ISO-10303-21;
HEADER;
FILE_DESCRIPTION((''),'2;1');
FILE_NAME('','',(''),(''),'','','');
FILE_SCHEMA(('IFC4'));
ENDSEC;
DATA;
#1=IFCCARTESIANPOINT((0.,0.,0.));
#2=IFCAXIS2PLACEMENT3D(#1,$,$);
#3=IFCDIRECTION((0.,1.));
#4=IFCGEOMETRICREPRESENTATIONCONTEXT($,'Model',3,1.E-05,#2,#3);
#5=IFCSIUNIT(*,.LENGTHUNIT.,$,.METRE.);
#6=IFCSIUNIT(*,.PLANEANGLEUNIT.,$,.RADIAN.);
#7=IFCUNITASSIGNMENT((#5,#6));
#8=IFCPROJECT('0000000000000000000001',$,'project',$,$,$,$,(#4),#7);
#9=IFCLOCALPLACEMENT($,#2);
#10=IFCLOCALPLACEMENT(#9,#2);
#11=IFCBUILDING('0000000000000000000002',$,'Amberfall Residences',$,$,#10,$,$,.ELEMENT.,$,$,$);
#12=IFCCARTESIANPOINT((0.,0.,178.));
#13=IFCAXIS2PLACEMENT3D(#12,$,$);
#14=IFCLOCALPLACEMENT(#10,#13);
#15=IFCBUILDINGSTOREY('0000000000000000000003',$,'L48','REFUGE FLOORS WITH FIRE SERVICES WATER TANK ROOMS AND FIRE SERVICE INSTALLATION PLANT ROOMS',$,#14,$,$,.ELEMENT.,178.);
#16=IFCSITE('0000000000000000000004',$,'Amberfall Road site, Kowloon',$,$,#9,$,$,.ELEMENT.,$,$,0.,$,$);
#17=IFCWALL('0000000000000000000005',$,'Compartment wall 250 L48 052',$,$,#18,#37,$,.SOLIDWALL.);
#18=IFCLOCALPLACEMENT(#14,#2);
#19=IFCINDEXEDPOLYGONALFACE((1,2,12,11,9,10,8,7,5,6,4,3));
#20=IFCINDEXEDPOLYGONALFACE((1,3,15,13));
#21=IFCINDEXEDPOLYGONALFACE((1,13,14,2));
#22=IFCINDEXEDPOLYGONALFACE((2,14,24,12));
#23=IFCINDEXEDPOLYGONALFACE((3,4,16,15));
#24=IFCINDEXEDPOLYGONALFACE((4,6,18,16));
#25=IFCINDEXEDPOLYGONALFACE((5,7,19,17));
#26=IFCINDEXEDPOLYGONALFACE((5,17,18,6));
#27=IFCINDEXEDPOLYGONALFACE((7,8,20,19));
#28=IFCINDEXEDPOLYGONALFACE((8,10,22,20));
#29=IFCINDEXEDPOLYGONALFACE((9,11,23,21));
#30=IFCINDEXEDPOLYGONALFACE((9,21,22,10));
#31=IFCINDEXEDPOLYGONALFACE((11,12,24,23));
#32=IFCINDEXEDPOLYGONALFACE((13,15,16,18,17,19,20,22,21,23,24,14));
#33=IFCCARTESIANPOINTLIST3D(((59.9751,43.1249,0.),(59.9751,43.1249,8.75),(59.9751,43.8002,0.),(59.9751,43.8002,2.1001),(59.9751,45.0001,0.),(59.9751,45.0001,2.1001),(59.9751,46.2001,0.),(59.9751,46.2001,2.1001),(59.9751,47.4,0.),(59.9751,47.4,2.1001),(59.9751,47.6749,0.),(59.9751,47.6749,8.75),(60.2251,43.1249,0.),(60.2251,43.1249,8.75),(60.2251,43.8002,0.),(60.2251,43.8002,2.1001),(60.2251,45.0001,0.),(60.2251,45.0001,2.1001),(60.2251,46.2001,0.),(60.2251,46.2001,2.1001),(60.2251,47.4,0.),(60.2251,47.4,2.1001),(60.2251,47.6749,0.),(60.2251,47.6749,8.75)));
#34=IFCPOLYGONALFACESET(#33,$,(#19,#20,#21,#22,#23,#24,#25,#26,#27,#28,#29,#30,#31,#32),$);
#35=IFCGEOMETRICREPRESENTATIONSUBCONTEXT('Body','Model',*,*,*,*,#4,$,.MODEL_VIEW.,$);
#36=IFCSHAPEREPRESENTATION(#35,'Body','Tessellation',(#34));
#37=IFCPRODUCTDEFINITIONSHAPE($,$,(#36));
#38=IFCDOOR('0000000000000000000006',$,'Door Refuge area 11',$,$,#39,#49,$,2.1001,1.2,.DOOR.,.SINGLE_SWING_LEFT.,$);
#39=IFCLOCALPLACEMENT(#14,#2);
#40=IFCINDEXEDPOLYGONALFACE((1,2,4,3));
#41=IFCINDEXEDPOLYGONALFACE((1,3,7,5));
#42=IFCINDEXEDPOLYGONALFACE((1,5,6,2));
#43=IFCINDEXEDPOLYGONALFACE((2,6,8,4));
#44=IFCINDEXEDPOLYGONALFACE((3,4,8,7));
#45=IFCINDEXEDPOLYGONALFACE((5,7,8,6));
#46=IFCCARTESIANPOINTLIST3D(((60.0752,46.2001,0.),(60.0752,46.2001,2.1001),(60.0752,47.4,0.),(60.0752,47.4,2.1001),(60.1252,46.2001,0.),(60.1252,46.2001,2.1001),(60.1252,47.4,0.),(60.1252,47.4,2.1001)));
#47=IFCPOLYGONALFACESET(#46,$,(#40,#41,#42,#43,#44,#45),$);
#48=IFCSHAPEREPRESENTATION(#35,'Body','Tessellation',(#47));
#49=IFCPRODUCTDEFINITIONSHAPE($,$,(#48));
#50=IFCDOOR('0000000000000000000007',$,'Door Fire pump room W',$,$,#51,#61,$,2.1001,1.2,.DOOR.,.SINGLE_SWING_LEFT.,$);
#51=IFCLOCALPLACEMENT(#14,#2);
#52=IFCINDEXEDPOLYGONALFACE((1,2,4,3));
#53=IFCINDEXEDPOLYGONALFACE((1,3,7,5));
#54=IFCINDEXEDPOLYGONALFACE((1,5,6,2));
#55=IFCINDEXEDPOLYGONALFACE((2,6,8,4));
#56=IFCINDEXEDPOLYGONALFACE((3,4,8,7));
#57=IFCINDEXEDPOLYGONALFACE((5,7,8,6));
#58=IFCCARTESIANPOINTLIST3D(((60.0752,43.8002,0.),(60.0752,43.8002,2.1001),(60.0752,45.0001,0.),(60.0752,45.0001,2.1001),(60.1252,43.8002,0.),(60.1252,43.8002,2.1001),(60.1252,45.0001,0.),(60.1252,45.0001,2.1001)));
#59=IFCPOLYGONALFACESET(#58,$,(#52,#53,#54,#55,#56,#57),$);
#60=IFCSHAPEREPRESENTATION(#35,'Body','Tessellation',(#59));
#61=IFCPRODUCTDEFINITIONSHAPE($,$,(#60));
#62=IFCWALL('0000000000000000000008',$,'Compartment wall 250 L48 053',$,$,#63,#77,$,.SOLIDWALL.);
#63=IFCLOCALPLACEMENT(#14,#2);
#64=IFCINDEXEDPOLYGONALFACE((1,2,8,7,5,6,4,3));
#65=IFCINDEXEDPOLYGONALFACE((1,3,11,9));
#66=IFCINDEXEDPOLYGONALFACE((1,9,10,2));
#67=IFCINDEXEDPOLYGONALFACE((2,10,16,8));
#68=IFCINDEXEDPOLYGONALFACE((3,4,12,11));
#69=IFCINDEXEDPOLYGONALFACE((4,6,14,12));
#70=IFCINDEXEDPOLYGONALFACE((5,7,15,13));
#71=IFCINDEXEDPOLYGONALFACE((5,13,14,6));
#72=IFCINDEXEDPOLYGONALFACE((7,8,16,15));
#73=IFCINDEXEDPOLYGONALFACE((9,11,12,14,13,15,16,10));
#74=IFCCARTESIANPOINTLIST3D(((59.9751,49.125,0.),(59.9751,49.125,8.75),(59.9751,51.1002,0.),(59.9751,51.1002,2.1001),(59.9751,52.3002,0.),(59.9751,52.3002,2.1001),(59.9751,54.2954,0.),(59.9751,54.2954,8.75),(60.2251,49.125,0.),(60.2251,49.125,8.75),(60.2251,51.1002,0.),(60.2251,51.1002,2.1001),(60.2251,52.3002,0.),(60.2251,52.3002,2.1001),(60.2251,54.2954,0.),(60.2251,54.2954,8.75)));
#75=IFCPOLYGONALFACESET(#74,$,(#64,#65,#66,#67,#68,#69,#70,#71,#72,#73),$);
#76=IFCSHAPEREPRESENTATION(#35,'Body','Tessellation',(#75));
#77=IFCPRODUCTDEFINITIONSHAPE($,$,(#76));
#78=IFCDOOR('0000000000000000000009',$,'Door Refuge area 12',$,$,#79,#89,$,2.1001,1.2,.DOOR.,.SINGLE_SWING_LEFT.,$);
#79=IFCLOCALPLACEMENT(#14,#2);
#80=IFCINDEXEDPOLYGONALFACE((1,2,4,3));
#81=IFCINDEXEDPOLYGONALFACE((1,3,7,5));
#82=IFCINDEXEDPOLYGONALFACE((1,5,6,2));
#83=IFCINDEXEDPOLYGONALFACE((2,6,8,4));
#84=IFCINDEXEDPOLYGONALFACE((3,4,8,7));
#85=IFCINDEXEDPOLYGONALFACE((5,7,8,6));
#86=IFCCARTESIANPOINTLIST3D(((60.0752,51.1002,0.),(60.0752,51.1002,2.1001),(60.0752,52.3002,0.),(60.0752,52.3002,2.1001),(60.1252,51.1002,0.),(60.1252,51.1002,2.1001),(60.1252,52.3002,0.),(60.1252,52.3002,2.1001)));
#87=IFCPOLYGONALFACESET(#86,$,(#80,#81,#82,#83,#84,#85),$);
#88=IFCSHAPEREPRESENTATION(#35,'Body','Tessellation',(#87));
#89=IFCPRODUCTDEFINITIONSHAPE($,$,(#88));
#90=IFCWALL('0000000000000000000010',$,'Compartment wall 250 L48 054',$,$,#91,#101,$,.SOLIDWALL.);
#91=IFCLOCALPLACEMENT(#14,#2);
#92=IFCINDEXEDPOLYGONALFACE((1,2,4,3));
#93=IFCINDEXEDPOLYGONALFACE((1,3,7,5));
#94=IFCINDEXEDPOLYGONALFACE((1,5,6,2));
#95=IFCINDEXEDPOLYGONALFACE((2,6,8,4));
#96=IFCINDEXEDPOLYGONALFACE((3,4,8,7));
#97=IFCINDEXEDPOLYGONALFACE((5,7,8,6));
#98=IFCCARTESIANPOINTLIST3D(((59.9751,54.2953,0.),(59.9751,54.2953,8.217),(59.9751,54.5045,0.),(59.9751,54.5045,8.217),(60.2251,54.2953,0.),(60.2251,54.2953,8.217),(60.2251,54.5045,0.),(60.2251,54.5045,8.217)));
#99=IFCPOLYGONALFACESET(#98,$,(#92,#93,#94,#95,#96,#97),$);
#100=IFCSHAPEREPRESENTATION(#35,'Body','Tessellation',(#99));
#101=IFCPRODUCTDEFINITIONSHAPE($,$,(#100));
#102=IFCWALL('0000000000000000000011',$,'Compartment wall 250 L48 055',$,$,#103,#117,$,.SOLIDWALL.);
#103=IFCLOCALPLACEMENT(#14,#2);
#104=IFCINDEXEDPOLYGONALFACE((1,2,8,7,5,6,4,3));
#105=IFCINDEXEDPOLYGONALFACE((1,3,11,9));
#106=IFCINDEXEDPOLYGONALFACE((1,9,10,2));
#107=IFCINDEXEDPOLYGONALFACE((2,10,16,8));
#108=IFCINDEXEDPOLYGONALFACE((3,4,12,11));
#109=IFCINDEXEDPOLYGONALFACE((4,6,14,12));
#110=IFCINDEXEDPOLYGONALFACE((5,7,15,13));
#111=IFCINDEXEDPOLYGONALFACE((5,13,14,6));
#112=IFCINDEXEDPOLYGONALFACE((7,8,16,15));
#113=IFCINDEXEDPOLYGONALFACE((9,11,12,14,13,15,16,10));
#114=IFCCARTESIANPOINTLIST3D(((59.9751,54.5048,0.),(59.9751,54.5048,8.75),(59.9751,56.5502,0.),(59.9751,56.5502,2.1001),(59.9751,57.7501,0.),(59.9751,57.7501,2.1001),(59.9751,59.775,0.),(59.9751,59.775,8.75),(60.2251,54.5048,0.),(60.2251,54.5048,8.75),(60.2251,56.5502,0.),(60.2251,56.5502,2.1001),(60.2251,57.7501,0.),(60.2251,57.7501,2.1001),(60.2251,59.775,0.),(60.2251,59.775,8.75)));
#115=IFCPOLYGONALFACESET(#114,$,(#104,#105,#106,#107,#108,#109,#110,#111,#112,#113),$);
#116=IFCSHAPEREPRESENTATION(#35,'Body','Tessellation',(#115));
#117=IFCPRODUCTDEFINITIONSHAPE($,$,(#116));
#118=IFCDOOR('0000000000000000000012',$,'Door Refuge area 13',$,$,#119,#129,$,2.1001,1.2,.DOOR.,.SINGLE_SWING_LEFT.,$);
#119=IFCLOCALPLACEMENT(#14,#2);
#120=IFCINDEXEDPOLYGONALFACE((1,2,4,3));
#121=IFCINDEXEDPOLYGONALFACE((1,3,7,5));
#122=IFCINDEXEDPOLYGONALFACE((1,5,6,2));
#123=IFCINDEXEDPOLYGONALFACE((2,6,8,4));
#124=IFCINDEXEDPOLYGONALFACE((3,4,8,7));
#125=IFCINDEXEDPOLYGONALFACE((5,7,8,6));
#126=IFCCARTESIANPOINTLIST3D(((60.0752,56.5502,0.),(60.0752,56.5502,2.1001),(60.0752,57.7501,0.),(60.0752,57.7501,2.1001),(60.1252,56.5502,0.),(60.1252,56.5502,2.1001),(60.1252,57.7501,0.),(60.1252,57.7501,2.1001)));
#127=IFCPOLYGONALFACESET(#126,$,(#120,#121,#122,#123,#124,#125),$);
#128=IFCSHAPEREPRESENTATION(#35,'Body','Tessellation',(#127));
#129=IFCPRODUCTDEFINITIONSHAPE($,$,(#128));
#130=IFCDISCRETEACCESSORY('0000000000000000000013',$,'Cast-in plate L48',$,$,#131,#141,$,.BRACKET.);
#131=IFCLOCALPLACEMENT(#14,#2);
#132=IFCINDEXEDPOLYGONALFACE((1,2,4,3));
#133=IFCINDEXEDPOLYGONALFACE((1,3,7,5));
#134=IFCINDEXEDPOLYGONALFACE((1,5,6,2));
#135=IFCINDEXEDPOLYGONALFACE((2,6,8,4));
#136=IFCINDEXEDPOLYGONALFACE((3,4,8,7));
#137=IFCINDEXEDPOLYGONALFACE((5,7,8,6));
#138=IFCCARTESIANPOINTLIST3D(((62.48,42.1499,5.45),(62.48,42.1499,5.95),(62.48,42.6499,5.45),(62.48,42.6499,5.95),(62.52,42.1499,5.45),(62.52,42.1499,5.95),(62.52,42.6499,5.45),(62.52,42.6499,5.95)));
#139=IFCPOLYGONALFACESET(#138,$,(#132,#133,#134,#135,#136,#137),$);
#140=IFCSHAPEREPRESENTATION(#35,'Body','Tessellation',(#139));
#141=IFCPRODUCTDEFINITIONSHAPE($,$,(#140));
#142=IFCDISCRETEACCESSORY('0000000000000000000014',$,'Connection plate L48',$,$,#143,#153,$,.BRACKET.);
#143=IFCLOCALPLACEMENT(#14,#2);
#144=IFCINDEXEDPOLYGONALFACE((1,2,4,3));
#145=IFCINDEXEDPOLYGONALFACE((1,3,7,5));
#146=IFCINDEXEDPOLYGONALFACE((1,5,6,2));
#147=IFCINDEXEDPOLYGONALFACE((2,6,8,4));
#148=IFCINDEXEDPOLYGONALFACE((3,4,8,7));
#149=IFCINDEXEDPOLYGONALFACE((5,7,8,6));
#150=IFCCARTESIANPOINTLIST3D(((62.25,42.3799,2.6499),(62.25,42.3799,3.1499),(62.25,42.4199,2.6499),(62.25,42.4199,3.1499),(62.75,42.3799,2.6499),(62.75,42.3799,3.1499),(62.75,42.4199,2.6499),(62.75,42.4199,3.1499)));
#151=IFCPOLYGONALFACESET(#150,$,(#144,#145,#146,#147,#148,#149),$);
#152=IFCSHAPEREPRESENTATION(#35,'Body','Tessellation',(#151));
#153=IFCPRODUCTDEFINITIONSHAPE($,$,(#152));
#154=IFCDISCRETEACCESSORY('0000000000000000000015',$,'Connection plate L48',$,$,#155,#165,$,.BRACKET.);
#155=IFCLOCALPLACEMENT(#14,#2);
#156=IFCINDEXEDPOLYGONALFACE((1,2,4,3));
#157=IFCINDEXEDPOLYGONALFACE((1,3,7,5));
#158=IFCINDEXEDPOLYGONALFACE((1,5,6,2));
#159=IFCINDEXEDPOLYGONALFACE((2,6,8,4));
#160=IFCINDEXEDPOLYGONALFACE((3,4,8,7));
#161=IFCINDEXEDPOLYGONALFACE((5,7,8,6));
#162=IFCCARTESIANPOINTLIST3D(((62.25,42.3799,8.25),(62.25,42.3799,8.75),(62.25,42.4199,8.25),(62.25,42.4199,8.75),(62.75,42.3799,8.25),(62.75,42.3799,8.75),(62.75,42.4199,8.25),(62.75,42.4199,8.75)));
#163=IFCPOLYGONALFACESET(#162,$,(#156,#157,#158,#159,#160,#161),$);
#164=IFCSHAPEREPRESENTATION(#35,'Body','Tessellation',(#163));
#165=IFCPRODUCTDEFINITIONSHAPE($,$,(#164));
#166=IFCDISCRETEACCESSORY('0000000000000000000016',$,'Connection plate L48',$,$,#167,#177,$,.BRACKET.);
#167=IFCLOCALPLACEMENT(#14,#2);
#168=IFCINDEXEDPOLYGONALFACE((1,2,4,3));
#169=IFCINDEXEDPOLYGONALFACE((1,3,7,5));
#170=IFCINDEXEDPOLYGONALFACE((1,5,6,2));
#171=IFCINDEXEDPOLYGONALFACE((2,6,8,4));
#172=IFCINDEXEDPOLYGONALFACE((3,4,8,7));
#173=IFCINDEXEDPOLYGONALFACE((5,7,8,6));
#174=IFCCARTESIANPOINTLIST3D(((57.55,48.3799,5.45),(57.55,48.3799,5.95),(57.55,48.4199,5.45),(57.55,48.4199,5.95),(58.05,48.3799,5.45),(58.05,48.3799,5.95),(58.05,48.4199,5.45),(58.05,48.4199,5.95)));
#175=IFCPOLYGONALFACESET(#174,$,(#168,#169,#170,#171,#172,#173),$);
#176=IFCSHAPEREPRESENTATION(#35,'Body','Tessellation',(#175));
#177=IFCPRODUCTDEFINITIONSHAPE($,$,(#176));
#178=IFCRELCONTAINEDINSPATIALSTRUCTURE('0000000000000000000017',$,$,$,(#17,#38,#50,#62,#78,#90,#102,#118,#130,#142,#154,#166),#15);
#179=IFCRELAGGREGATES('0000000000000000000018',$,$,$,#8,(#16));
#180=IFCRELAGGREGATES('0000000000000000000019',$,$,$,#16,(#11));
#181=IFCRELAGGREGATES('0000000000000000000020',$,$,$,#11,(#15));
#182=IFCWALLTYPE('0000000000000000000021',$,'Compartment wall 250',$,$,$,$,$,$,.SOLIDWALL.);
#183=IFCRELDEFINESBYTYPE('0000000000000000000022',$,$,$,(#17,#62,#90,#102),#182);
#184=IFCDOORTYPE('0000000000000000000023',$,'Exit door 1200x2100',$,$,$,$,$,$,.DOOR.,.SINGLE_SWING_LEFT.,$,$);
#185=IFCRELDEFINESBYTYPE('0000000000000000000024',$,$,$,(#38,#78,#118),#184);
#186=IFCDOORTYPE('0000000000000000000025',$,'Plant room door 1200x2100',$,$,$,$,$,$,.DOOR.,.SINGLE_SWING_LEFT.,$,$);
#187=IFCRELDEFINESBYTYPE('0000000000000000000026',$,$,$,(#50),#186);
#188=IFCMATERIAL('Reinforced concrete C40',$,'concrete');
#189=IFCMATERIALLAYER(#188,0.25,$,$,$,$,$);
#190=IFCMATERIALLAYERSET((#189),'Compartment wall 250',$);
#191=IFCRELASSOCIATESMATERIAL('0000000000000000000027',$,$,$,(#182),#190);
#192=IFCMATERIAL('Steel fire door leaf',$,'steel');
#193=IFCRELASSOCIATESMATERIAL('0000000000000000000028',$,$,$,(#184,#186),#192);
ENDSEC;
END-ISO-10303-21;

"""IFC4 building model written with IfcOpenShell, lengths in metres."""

from ifc_helpers import new_model, si_unit, direction, frame, frame_2d, origin, origin_2d, place, context, subcontext, project, spatial, rectangle, extrude, material, layer, layer_set, type_object, element, fill, save


model = new_model("IFC4")

# Units and contexts
model_context = context("Model", 3, precision=1e-05, world=origin(), true_north=direction((0.0, 1.0)))
body_context = subcontext(model_context, "Body", "Model", "MODEL_VIEW")
ifc_project = project(units=[si_unit("LENGTHUNIT", "METRE"), si_unit("PLANEANGLEUNIT", "RADIAN")], contexts=[model_context])

# Site, building, storey
site_placement = place(None, origin())
site = spatial("IfcSite", under=ifc_project, at=site_placement, Name="Amberfall Road site, Kowloon", CompositionType="ELEMENT", RefElevation=0.0)
building_placement = place(site_placement, origin())
building = spatial("IfcBuilding", under=site, at=building_placement, Name="Amberfall Residences", CompositionType="ELEMENT")
storey_placement = place(building_placement, frame((0.0, 0.0, 178.0)))
storey = spatial("IfcBuildingStorey", under=building, at=storey_placement, Name="L48", Description="REFUGE FLOORS WITH FIRE SERVICES WATER TANK ROOMS AND FIRE SERVICE INSTALLATION PLANT ROOMS", CompositionType="ELEMENT", Elevation=178.0)

# Shared definitions
ifc_material_1 = material(Name="Reinforced concrete C40", Category="concrete")
ifc_layer = layer(ifc_material_1, 0.25)
ifc_layer_set = layer_set([ifc_layer], Name="Compartment wall 250")
wall_type = type_object("IfcWallType", Name="Compartment wall 250", PredefinedType="SOLIDWALL", material=ifc_layer_set)

# Wall, openings, doors
wall_1_placement = place(storey_placement, frame((60.1001, 43.125, 0.0), z_axis=(0.0, 0.0, 1.0), x_axis=(0.0, 1.0, 0.0)))
wall_1 = element("IfcWall", 1, at=wall_1_placement, inside=storey, type_object=wall_type, Name="Compartment wall 250 L48 052", PredefinedType="SOLIDWALL", context=body_context, shape_type="SweptSolid", body=[
    extrude(rectangle(XDim=4.55, YDim=0.25, at=frame_2d((2.2749, 0.0))), origin(), (0.0, 0.0, 1.0), 8.75),
])
opening_1_placement = place(wall_1_placement, frame((0.675, 0.0, 0.0)))
opening_1 = element("IfcOpeningElement", 2, at=opening_1_placement, cuts=wall_1, PredefinedType="OPENING", context=body_context, shape_type="SweptSolid", body=[
    extrude(rectangle(XDim=1.2, YDim=2.1001, at=frame_2d((0.6001, 1.05))), frame((0.0, 0.135, 0.0), z_axis=(0.0, -1.0, 0.0), x_axis=(1.0, 0.0, 0.0)), (0.0, 0.0, 1.0), 0.27),
])
opening_2_placement = place(wall_1_placement, frame((3.075, 0.0, 0.0)))
opening_2 = element("IfcOpeningElement", 3, at=opening_2_placement, cuts=wall_1, PredefinedType="OPENING", context=body_context, shape_type="SweptSolid", body=[
    extrude(rectangle(XDim=1.2, YDim=2.1001, at=frame_2d((0.6001, 1.05))), frame((0.0, 0.135, 0.0), z_axis=(0.0, -1.0, 0.0), x_axis=(1.0, 0.0, 0.0)), (0.0, 0.0, 1.0), 0.27),
])
ifc_material_2 = material(Name="Steel fire door leaf", Category="steel")
door_type_1 = type_object("IfcDoorType", Name="Exit door 1200x2100", OperationType="SINGLE_SWING_LEFT", PredefinedType="DOOR", material=ifc_material_2)
door_1_placement = place(opening_2_placement, origin())
door_1 = element("IfcDoor", 4, at=door_1_placement, inside=storey, type_object=door_type_1, Name="Door Refuge area 11", OperationType="SINGLE_SWING_LEFT", OverallHeight=2.1001, OverallWidth=1.2, PredefinedType="DOOR", context=body_context, shape_type="SweptSolid", body=[
    extrude(rectangle(XDim=1.2, YDim=2.1001, at=frame_2d((0.6001, 1.05))), frame((0.0, 0.0249, 0.0), z_axis=(0.0, -1.0, 0.0), x_axis=(1.0, 0.0, 0.0)), (0.0, 0.0, 1.0), 0.05),
])
fill(opening_2, door_1)
door_type_2 = type_object("IfcDoorType", Name="Plant room door 1200x2100", OperationType="SINGLE_SWING_LEFT", PredefinedType="DOOR", material=ifc_material_2)
door_2_placement = place(opening_1_placement, origin())
door_2 = element("IfcDoor", 5, at=door_2_placement, inside=storey, type_object=door_type_2, Name="Door Fire pump room W", OperationType="SINGLE_SWING_LEFT", OverallHeight=2.1001, OverallWidth=1.2, PredefinedType="DOOR", context=body_context, shape_type="SweptSolid", body=[
    extrude(rectangle(XDim=1.2, YDim=2.1001, at=frame_2d((0.6001, 1.05))), frame((0.0, 0.0249, 0.0), z_axis=(0.0, -1.0, 0.0), x_axis=(1.0, 0.0, 0.0)), (0.0, 0.0, 1.0), 0.05),
])
fill(opening_1, door_2)

# Wall, opening, door
wall_2_placement = place(storey_placement, frame((60.1001, 49.125, 0.0), z_axis=(0.0, 0.0, 1.0), x_axis=(0.0, 1.0, 0.0)))
wall_2 = element("IfcWall", 6, at=wall_2_placement, inside=storey, type_object=wall_type, Name="Compartment wall 250 L48 053", PredefinedType="SOLIDWALL", context=body_context, shape_type="SweptSolid", body=[
    extrude(rectangle(XDim=5.1704, YDim=0.25, at=frame_2d((2.5852, 0.0))), origin(), (0.0, 0.0, 1.0), 8.75),
])
opening_3_placement = place(wall_2_placement, frame((1.9751, 0.0, 0.0)))
opening_3 = element("IfcOpeningElement", 7, at=opening_3_placement, cuts=wall_2, PredefinedType="OPENING", context=body_context, shape_type="SweptSolid", body=[
    extrude(rectangle(XDim=1.2, YDim=2.1001, at=frame_2d((0.6001, 1.05))), frame((0.0, 0.135, 0.0), z_axis=(0.0, -1.0, 0.0), x_axis=(1.0, 0.0, 0.0)), (0.0, 0.0, 1.0), 0.27),
])
door_3_placement = place(opening_3_placement, origin())
door_3 = element("IfcDoor", 8, at=door_3_placement, inside=storey, type_object=door_type_1, Name="Door Refuge area 12", OperationType="SINGLE_SWING_LEFT", OverallHeight=2.1001, OverallWidth=1.2, PredefinedType="DOOR", context=body_context, shape_type="SweptSolid", body=[
    extrude(rectangle(XDim=1.2, YDim=2.1001, at=frame_2d((0.6001, 1.05))), frame((0.0, 0.0249, 0.0), z_axis=(0.0, -1.0, 0.0), x_axis=(1.0, 0.0, 0.0)), (0.0, 0.0, 1.0), 0.05),
])
fill(opening_3, door_3)

# Wall
wall_3_placement = place(storey_placement, frame((60.1001, 54.2954, 0.0), z_axis=(0.0, 0.0, 1.0), x_axis=(0.0, 1.0, 0.0)))
element("IfcWall", 9, at=wall_3_placement, inside=storey, type_object=wall_type, Name="Compartment wall 250 L48 054", PredefinedType="SOLIDWALL", context=body_context, shape_type="SweptSolid", body=[
    extrude(rectangle(XDim=0.2092, YDim=0.25, at=frame_2d((0.1045, 0.0))), origin(), (0.0, 0.0, 1.0), 8.217),
])

# Wall, opening, door
wall_4_placement = place(storey_placement, frame((60.1001, 54.5046, 0.0), z_axis=(0.0, 0.0, 1.0), x_axis=(0.0, 1.0, 0.0)))
wall_4 = element("IfcWall", 10, at=wall_4_placement, inside=storey, type_object=wall_type, Name="Compartment wall 250 L48 055", PredefinedType="SOLIDWALL", context=body_context, shape_type="SweptSolid", body=[
    extrude(rectangle(XDim=5.2703, YDim=0.25, at=frame_2d((2.6353, 0.0))), origin(), (0.0, 0.0, 1.0), 8.75),
])
opening_4_placement = place(wall_4_placement, frame((2.0454, 0.0, 0.0)))
opening_4 = element("IfcOpeningElement", 11, at=opening_4_placement, cuts=wall_4, PredefinedType="OPENING", context=body_context, shape_type="SweptSolid", body=[
    extrude(rectangle(XDim=1.2, YDim=2.1001, at=frame_2d((0.6001, 1.05))), frame((0.0, 0.135, 0.0), z_axis=(0.0, -1.0, 0.0), x_axis=(1.0, 0.0, 0.0)), (0.0, 0.0, 1.0), 0.27),
])
door_4_placement = place(opening_4_placement, origin())
door_4 = element("IfcDoor", 12, at=door_4_placement, inside=storey, type_object=door_type_1, Name="Door Refuge area 13", OperationType="SINGLE_SWING_LEFT", OverallHeight=2.1001, OverallWidth=1.2, PredefinedType="DOOR", context=body_context, shape_type="SweptSolid", body=[
    extrude(rectangle(XDim=1.2, YDim=2.1001, at=frame_2d((0.6001, 1.05))), frame((0.0, 0.0249, 0.0), z_axis=(0.0, -1.0, 0.0), x_axis=(1.0, 0.0, 0.0)), (0.0, 0.0, 1.0), 0.05),
])
fill(opening_4, door_4)

# Discrete accessories
discrete_accessory_placement = place(storey_placement, frame((62.5, 42.3999, 5.45), z_axis=(0.0, 0.0, 1.0), x_axis=(1.0, 0.0, 0.0)))
element("IfcDiscreteAccessory", 13, at=discrete_accessory_placement, inside=storey, Name="Cast-in plate L48", PredefinedType="BRACKET", context=body_context, shape_type="SweptSolid", body=[
    extrude(rectangle(XDim=0.04, YDim=0.5, at=origin_2d()), origin(), (0.0, 0.0, 1.0), 0.5),
])
for number, where, z_axis, x_axis, name in (
    (14, (62.5, 42.3999, 2.6499), (0.0, 0.0, 1.0), (1.0, 0.0, 0.0), "Connection plate L48"),
    (15, (62.5, 42.3999, 8.25), (0.0, 0.0, 1.0), (1.0, 0.0, 0.0), "Connection plate L48"),
    (16, (57.8, 48.3999, 5.45), (0.0, 0.0, 1.0), (1.0, 0.0, 0.0), "Connection plate L48"),
):
    element("IfcDiscreteAccessory", number, at=place(storey_placement, frame(where, z_axis=z_axis, x_axis=x_axis)), inside=storey, Name=name, PredefinedType="BRACKET", context=body_context, shape_type="SweptSolid", body=[
        extrude(rectangle(XDim=0.5, YDim=0.04, at=origin_2d()), origin(), (0.0, 0.0, 1.0), 0.5),
    ])

save(model, "model.ifc")
